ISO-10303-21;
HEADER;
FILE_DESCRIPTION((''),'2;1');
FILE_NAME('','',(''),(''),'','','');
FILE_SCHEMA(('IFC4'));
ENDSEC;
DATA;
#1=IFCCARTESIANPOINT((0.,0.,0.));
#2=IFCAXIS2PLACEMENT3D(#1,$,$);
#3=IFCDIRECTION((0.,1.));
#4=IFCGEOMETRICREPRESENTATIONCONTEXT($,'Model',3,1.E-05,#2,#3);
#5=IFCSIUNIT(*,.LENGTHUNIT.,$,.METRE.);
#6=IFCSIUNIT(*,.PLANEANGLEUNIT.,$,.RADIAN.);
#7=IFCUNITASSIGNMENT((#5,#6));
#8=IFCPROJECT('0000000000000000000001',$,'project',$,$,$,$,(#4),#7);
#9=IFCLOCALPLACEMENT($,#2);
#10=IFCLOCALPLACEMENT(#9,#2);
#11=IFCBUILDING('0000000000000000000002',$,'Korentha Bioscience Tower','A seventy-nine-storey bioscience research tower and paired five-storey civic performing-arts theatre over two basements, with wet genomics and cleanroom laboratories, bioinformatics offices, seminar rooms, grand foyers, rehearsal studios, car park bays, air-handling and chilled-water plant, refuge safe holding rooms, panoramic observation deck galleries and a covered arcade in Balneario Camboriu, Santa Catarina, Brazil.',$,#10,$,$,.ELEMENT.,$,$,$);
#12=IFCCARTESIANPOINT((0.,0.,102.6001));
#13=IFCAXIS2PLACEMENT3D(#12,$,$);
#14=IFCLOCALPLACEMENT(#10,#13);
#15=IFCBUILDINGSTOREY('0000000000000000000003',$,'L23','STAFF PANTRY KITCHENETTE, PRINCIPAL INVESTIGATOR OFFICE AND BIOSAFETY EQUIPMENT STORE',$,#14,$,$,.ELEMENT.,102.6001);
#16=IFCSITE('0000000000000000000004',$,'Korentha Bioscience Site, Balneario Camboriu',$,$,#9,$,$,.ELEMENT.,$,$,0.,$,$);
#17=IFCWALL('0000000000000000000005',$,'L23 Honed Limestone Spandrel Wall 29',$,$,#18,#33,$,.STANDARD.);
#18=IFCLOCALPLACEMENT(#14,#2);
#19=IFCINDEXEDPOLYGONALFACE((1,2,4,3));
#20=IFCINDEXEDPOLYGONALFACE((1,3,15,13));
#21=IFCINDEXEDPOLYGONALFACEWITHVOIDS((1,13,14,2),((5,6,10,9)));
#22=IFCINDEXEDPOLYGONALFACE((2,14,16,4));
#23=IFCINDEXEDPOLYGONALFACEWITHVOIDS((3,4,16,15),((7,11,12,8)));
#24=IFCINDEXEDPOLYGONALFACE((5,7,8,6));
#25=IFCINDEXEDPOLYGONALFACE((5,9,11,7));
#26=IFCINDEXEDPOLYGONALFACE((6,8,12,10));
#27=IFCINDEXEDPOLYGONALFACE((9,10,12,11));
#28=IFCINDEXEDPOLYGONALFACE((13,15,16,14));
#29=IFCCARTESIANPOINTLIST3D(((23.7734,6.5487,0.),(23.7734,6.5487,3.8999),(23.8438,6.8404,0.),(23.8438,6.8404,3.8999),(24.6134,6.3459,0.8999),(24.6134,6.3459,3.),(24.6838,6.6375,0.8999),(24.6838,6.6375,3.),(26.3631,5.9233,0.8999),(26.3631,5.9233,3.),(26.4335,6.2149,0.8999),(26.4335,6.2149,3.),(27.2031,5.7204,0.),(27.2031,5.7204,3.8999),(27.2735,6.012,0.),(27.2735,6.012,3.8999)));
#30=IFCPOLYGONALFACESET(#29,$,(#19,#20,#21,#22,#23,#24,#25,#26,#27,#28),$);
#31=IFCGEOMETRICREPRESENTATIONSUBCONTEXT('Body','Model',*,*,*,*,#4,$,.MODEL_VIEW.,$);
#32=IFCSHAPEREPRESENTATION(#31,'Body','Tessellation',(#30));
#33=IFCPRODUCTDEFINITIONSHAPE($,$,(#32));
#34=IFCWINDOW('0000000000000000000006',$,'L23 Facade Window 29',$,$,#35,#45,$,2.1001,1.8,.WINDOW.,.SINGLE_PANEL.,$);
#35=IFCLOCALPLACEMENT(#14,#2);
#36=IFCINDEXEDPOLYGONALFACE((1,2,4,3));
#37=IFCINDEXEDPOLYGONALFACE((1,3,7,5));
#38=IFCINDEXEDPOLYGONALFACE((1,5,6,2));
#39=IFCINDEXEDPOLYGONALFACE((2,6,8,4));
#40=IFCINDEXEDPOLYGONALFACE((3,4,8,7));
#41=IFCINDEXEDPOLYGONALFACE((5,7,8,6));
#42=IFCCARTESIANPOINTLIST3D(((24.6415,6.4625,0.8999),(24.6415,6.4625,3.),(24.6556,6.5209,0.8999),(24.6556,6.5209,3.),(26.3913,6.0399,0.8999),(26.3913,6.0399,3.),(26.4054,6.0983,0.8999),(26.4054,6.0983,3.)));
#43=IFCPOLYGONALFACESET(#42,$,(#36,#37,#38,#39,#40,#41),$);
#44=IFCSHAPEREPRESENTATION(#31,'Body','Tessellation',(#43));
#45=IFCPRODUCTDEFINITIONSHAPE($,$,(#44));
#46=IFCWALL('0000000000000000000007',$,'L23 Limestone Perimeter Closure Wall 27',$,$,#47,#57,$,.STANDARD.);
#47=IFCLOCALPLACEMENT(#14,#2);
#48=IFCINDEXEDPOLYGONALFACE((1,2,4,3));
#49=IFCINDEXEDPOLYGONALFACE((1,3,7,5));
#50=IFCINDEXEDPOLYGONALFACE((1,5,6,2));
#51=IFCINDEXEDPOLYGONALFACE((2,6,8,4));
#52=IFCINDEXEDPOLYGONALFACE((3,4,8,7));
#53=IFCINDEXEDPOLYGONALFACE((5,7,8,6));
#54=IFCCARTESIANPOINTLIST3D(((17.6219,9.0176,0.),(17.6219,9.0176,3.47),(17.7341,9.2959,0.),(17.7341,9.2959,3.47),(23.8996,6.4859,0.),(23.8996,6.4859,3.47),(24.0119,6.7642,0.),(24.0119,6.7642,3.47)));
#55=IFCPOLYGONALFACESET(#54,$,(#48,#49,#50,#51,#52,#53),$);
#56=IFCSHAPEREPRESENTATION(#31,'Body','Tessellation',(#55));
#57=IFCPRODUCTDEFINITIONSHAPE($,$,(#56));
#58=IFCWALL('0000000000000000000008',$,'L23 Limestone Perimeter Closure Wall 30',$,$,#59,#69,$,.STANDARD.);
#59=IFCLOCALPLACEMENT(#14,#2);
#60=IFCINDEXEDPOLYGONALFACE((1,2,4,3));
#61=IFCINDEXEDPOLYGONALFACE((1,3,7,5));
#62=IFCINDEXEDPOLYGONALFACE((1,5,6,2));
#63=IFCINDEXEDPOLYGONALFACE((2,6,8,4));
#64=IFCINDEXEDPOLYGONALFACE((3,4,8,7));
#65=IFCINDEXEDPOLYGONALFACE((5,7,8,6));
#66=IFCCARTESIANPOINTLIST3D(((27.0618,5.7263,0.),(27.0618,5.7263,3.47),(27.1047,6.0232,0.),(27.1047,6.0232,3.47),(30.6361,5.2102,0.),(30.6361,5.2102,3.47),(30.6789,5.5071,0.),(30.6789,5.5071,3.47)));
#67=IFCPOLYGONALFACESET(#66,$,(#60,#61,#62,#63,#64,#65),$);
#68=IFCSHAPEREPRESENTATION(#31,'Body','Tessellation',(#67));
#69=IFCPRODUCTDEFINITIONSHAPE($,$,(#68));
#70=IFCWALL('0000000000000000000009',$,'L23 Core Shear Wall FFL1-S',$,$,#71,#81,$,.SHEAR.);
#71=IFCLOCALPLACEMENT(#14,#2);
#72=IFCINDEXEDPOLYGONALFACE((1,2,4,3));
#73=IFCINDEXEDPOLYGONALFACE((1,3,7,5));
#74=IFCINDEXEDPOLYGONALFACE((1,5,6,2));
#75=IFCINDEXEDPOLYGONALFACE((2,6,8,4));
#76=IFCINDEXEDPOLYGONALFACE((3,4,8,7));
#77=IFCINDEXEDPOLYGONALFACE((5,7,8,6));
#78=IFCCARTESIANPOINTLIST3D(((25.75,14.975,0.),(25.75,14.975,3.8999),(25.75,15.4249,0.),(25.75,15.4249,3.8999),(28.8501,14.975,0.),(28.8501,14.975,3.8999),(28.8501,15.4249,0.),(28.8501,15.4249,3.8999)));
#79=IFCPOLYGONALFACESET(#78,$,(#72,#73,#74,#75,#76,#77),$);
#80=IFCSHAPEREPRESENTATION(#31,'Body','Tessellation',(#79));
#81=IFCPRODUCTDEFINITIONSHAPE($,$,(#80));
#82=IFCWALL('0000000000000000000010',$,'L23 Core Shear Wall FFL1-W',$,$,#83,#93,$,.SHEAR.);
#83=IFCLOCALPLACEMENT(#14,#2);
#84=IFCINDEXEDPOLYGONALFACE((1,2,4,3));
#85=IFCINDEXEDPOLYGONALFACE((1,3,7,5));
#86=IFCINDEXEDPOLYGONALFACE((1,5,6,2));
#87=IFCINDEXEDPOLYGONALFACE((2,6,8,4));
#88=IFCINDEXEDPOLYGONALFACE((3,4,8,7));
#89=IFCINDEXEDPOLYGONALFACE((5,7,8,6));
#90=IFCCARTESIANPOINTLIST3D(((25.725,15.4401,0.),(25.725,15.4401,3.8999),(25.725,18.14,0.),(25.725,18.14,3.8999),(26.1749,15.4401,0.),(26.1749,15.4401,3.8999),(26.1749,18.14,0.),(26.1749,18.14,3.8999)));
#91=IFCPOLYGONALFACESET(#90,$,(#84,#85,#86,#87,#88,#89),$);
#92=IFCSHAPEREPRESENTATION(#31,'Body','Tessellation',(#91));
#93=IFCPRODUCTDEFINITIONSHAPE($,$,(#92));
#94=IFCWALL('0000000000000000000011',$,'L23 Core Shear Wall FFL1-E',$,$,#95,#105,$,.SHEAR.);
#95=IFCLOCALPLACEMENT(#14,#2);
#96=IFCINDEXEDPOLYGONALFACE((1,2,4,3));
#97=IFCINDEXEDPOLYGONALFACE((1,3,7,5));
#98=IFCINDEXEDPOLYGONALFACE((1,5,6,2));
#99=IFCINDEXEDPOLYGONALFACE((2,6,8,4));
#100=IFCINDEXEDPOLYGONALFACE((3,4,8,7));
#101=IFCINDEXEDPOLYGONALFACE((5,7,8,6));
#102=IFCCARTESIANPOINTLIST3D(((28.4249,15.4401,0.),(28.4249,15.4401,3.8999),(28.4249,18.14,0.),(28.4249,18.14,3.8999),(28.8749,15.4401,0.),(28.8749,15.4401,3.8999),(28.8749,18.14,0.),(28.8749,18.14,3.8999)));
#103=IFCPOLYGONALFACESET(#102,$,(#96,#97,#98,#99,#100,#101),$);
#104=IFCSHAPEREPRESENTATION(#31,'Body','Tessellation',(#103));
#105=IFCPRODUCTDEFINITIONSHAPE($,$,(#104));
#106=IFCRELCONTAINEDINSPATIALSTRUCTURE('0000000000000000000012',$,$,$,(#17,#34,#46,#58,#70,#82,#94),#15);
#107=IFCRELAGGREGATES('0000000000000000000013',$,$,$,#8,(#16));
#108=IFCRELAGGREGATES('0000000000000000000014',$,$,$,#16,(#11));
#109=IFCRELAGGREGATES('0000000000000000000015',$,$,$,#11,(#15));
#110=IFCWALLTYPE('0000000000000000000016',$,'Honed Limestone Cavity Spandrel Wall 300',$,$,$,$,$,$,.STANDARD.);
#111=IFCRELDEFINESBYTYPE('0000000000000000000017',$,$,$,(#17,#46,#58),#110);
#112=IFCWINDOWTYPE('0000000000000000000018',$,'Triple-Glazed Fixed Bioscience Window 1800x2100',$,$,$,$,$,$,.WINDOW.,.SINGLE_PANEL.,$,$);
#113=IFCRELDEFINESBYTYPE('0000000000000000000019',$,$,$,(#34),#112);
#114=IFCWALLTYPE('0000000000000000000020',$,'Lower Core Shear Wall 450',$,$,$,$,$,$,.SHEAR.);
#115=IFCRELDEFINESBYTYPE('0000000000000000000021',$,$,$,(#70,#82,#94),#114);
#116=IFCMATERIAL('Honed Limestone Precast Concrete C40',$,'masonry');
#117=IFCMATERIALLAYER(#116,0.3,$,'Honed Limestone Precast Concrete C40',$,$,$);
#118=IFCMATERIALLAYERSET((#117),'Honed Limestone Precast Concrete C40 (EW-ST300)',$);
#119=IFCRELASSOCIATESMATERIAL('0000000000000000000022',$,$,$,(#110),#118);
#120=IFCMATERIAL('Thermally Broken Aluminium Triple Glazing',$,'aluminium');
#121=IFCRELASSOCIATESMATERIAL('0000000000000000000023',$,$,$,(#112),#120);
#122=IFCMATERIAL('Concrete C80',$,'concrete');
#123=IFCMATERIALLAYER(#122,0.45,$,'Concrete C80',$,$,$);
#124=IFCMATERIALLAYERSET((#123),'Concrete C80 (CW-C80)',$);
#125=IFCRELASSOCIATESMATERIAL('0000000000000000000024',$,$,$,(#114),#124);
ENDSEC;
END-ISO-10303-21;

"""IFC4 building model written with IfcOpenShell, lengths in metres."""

from ifc_helpers import new_model, si_unit, direction, frame, frame_2d, origin, place, context, subcontext, project, spatial, rectangle, extrude, material, layer, layer_set, type_object, element, fill, save


model = new_model("IFC4")

# Units and contexts
model_context = context("Model", 3, precision=1e-05, world=origin(), true_north=direction((0.0, 1.0)))
body_context = subcontext(model_context, "Body", "Model", "MODEL_VIEW")
ifc_project = project(units=[si_unit("LENGTHUNIT", "METRE"), si_unit("PLANEANGLEUNIT", "RADIAN")], contexts=[model_context])

# Site, building, storey
site_placement = place(None, origin())
site = spatial("IfcSite", under=ifc_project, at=site_placement, Name="Korentha Bioscience Site, Balneario Camboriu", CompositionType="ELEMENT", RefElevation=0.0)
building_placement = place(site_placement, origin())
building = spatial("IfcBuilding", under=site, at=building_placement, Name="Korentha Bioscience Tower", Description="A seventy-nine-storey bioscience research tower and paired five-storey civic performing-arts theatre over two basements, with wet genomics and cleanroom laboratories, bioinformatics offices, seminar rooms, grand foyers, rehearsal studios, car park bays, air-handling and chilled-water plant, refuge safe holding rooms, panoramic observation deck galleries and a covered arcade in Balneario Camboriu, Santa Catarina, Brazil.", CompositionType="ELEMENT")
storey_placement = place(building_placement, frame((0.0, 0.0, 102.6001)))
storey = spatial("IfcBuildingStorey", under=building, at=storey_placement, Name="L23", Description="STAFF PANTRY KITCHENETTE, PRINCIPAL INVESTIGATOR OFFICE AND BIOSAFETY EQUIPMENT STORE", CompositionType="ELEMENT", Elevation=102.6001)

# Shared definitions
ifc_material_1 = material(Name="Concrete C80", Category="concrete")

# Shared definitions
ifc_material_2 = material(Name="Honed Limestone Precast Concrete C40", Category="masonry")
ifc_layer_1 = layer(ifc_material_2, 0.3, Name="Honed Limestone Precast Concrete C40")
ifc_layer_set_1 = layer_set([ifc_layer_1], Name="Honed Limestone Precast Concrete C40 (EW-ST300)")
wall_type_1 = type_object("IfcWallType", Name="Honed Limestone Cavity Spandrel Wall 300", PredefinedType="STANDARD", material=ifc_layer_set_1)

# Wall, opening, window
wall_1_placement = place(storey_placement, frame((23.8086, 6.6946, 0.0), z_axis=(0.0, 0.0, 1.0), x_axis=(0.972049, -0.234778, 0.0)))
wall_1 = element("IfcWall", 1, at=wall_1_placement, inside=storey, type_object=wall_type_1, Name="L23 Honed Limestone Spandrel Wall 29", PredefinedType="STANDARD", context=body_context, shape_type="SweptSolid", body=[
    extrude(rectangle(XDim=3.5283, YDim=0.3, at=frame_2d((1.7642, 0.0))), origin(), (0.0, 0.0, 1.0), 3.8999),
])
opening_1_placement = place(wall_1_placement, frame((0.8643, 0.0, 0.8999)))
opening_1 = element("IfcOpeningElement", 2, at=opening_1_placement, cuts=wall_1, PredefinedType="OPENING", context=body_context, shape_type="SweptSolid", body=[
    extrude(rectangle(XDim=1.8, YDim=2.1001, at=frame_2d((0.8999, 1.05))), frame((0.0, 0.165, 0.0), z_axis=(0.0, -1.0, 0.0), x_axis=(1.0, 0.0, 0.0)), (0.0, 0.0, 1.0), 0.3298),
])
ifc_material_3 = material(Name="Thermally Broken Aluminium Triple Glazing", Category="aluminium")
window_type = type_object("IfcWindowType", Name="Triple-Glazed Fixed Bioscience Window 1800x2100", PartitioningType="SINGLE_PANEL", PredefinedType="WINDOW", material=ifc_material_3)
window_placement = place(opening_1_placement, origin())
window = element("IfcWindow", 3, at=window_placement, inside=storey, type_object=window_type, Name="L23 Facade Window 29", OverallHeight=2.1001, OverallWidth=1.8, PartitioningType="SINGLE_PANEL", PredefinedType="WINDOW", context=body_context, shape_type="SweptSolid", body=[
    extrude(rectangle(XDim=1.8, YDim=2.1001, at=frame_2d((0.8999, 1.05))), frame((0.0, 0.03, 0.0), z_axis=(0.0, -1.0, 0.0), x_axis=(1.0, 0.0, 0.0)), (0.0, 0.0, 1.0), 0.0601),
])
fill(opening_1, window)

# Walls
wall_2_placement = place(storey_placement, frame((17.678, 9.1567, 0.0), z_axis=(0.0, 0.0, 1.0), x_axis=(0.927423, -0.374013, 0.0)))
element("IfcWall", 4, at=wall_2_placement, inside=storey, type_object=wall_type_1, Name="L23 Limestone Perimeter Closure Wall 27", PredefinedType="STANDARD", context=body_context, shape_type="SweptSolid", body=[
    extrude(rectangle(XDim=6.769, YDim=0.3, at=frame_2d((3.3845, 0.0))), origin(), (0.0, 0.0, 1.0), 3.47),
])
wall_3_placement = place(storey_placement, frame((27.0833, 5.8748, 0.0), z_axis=(0.0, 0.0, 1.0), x_axis=(0.989735, -0.142917, 0.0)))
element("IfcWall", 5, at=wall_3_placement, inside=storey, type_object=wall_type_1, Name="L23 Limestone Perimeter Closure Wall 30", PredefinedType="STANDARD", context=body_context, shape_type="SweptSolid", body=[
    extrude(rectangle(XDim=3.6113, YDim=0.3, at=frame_2d((1.8057, 0.0))), origin(), (0.0, 0.0, 1.0), 3.47),
])
ifc_layer_2 = layer(ifc_material_1, 0.45, Name="Concrete C80")
ifc_layer_set_2 = layer_set([ifc_layer_2], Name="Concrete C80 (CW-C80)")
wall_type_2 = type_object("IfcWallType", Name="Lower Core Shear Wall 450", PredefinedType="SHEAR", material=ifc_layer_set_2)
wall_4_placement = place(storey_placement, frame((25.75, 15.2, 0.0), z_axis=(0.0, 0.0, 1.0), x_axis=(1.0, 0.0, 0.0)))
element("IfcWall", 6, at=wall_4_placement, inside=storey, type_object=wall_type_2, Name="L23 Core Shear Wall FFL1-S", PredefinedType="SHEAR", context=body_context, shape_type="SweptSolid", body=[
    extrude(rectangle(XDim=3.1001, YDim=0.45, at=frame_2d((1.55, 0.0))), origin(), (0.0, 0.0, 1.0), 3.8999),
])
for number, where, z_axis, x_axis, name in (
    (7, (25.95, 15.4399, 0.0), (0.0, 0.0, 1.0), (0.0, 1.0, 0.0), "L23 Core Shear Wall FFL1-W"),
    (8, (28.6499, 15.4399, 0.0), (0.0, 0.0, 1.0), (0.0, 1.0, 0.0), "L23 Core Shear Wall FFL1-E"),
):
    element("IfcWall", number, at=place(storey_placement, frame(where, z_axis=z_axis, x_axis=x_axis)), inside=storey, type_object=wall_type_2, Name=name, PredefinedType="SHEAR", context=body_context, shape_type="SweptSolid", body=[
        extrude(rectangle(XDim=2.7, YDim=0.45, at=frame_2d((1.3501, 0.0))), origin(), (0.0, 0.0, 1.0), 3.8999),
    ])

save(model, "model.ifc")
